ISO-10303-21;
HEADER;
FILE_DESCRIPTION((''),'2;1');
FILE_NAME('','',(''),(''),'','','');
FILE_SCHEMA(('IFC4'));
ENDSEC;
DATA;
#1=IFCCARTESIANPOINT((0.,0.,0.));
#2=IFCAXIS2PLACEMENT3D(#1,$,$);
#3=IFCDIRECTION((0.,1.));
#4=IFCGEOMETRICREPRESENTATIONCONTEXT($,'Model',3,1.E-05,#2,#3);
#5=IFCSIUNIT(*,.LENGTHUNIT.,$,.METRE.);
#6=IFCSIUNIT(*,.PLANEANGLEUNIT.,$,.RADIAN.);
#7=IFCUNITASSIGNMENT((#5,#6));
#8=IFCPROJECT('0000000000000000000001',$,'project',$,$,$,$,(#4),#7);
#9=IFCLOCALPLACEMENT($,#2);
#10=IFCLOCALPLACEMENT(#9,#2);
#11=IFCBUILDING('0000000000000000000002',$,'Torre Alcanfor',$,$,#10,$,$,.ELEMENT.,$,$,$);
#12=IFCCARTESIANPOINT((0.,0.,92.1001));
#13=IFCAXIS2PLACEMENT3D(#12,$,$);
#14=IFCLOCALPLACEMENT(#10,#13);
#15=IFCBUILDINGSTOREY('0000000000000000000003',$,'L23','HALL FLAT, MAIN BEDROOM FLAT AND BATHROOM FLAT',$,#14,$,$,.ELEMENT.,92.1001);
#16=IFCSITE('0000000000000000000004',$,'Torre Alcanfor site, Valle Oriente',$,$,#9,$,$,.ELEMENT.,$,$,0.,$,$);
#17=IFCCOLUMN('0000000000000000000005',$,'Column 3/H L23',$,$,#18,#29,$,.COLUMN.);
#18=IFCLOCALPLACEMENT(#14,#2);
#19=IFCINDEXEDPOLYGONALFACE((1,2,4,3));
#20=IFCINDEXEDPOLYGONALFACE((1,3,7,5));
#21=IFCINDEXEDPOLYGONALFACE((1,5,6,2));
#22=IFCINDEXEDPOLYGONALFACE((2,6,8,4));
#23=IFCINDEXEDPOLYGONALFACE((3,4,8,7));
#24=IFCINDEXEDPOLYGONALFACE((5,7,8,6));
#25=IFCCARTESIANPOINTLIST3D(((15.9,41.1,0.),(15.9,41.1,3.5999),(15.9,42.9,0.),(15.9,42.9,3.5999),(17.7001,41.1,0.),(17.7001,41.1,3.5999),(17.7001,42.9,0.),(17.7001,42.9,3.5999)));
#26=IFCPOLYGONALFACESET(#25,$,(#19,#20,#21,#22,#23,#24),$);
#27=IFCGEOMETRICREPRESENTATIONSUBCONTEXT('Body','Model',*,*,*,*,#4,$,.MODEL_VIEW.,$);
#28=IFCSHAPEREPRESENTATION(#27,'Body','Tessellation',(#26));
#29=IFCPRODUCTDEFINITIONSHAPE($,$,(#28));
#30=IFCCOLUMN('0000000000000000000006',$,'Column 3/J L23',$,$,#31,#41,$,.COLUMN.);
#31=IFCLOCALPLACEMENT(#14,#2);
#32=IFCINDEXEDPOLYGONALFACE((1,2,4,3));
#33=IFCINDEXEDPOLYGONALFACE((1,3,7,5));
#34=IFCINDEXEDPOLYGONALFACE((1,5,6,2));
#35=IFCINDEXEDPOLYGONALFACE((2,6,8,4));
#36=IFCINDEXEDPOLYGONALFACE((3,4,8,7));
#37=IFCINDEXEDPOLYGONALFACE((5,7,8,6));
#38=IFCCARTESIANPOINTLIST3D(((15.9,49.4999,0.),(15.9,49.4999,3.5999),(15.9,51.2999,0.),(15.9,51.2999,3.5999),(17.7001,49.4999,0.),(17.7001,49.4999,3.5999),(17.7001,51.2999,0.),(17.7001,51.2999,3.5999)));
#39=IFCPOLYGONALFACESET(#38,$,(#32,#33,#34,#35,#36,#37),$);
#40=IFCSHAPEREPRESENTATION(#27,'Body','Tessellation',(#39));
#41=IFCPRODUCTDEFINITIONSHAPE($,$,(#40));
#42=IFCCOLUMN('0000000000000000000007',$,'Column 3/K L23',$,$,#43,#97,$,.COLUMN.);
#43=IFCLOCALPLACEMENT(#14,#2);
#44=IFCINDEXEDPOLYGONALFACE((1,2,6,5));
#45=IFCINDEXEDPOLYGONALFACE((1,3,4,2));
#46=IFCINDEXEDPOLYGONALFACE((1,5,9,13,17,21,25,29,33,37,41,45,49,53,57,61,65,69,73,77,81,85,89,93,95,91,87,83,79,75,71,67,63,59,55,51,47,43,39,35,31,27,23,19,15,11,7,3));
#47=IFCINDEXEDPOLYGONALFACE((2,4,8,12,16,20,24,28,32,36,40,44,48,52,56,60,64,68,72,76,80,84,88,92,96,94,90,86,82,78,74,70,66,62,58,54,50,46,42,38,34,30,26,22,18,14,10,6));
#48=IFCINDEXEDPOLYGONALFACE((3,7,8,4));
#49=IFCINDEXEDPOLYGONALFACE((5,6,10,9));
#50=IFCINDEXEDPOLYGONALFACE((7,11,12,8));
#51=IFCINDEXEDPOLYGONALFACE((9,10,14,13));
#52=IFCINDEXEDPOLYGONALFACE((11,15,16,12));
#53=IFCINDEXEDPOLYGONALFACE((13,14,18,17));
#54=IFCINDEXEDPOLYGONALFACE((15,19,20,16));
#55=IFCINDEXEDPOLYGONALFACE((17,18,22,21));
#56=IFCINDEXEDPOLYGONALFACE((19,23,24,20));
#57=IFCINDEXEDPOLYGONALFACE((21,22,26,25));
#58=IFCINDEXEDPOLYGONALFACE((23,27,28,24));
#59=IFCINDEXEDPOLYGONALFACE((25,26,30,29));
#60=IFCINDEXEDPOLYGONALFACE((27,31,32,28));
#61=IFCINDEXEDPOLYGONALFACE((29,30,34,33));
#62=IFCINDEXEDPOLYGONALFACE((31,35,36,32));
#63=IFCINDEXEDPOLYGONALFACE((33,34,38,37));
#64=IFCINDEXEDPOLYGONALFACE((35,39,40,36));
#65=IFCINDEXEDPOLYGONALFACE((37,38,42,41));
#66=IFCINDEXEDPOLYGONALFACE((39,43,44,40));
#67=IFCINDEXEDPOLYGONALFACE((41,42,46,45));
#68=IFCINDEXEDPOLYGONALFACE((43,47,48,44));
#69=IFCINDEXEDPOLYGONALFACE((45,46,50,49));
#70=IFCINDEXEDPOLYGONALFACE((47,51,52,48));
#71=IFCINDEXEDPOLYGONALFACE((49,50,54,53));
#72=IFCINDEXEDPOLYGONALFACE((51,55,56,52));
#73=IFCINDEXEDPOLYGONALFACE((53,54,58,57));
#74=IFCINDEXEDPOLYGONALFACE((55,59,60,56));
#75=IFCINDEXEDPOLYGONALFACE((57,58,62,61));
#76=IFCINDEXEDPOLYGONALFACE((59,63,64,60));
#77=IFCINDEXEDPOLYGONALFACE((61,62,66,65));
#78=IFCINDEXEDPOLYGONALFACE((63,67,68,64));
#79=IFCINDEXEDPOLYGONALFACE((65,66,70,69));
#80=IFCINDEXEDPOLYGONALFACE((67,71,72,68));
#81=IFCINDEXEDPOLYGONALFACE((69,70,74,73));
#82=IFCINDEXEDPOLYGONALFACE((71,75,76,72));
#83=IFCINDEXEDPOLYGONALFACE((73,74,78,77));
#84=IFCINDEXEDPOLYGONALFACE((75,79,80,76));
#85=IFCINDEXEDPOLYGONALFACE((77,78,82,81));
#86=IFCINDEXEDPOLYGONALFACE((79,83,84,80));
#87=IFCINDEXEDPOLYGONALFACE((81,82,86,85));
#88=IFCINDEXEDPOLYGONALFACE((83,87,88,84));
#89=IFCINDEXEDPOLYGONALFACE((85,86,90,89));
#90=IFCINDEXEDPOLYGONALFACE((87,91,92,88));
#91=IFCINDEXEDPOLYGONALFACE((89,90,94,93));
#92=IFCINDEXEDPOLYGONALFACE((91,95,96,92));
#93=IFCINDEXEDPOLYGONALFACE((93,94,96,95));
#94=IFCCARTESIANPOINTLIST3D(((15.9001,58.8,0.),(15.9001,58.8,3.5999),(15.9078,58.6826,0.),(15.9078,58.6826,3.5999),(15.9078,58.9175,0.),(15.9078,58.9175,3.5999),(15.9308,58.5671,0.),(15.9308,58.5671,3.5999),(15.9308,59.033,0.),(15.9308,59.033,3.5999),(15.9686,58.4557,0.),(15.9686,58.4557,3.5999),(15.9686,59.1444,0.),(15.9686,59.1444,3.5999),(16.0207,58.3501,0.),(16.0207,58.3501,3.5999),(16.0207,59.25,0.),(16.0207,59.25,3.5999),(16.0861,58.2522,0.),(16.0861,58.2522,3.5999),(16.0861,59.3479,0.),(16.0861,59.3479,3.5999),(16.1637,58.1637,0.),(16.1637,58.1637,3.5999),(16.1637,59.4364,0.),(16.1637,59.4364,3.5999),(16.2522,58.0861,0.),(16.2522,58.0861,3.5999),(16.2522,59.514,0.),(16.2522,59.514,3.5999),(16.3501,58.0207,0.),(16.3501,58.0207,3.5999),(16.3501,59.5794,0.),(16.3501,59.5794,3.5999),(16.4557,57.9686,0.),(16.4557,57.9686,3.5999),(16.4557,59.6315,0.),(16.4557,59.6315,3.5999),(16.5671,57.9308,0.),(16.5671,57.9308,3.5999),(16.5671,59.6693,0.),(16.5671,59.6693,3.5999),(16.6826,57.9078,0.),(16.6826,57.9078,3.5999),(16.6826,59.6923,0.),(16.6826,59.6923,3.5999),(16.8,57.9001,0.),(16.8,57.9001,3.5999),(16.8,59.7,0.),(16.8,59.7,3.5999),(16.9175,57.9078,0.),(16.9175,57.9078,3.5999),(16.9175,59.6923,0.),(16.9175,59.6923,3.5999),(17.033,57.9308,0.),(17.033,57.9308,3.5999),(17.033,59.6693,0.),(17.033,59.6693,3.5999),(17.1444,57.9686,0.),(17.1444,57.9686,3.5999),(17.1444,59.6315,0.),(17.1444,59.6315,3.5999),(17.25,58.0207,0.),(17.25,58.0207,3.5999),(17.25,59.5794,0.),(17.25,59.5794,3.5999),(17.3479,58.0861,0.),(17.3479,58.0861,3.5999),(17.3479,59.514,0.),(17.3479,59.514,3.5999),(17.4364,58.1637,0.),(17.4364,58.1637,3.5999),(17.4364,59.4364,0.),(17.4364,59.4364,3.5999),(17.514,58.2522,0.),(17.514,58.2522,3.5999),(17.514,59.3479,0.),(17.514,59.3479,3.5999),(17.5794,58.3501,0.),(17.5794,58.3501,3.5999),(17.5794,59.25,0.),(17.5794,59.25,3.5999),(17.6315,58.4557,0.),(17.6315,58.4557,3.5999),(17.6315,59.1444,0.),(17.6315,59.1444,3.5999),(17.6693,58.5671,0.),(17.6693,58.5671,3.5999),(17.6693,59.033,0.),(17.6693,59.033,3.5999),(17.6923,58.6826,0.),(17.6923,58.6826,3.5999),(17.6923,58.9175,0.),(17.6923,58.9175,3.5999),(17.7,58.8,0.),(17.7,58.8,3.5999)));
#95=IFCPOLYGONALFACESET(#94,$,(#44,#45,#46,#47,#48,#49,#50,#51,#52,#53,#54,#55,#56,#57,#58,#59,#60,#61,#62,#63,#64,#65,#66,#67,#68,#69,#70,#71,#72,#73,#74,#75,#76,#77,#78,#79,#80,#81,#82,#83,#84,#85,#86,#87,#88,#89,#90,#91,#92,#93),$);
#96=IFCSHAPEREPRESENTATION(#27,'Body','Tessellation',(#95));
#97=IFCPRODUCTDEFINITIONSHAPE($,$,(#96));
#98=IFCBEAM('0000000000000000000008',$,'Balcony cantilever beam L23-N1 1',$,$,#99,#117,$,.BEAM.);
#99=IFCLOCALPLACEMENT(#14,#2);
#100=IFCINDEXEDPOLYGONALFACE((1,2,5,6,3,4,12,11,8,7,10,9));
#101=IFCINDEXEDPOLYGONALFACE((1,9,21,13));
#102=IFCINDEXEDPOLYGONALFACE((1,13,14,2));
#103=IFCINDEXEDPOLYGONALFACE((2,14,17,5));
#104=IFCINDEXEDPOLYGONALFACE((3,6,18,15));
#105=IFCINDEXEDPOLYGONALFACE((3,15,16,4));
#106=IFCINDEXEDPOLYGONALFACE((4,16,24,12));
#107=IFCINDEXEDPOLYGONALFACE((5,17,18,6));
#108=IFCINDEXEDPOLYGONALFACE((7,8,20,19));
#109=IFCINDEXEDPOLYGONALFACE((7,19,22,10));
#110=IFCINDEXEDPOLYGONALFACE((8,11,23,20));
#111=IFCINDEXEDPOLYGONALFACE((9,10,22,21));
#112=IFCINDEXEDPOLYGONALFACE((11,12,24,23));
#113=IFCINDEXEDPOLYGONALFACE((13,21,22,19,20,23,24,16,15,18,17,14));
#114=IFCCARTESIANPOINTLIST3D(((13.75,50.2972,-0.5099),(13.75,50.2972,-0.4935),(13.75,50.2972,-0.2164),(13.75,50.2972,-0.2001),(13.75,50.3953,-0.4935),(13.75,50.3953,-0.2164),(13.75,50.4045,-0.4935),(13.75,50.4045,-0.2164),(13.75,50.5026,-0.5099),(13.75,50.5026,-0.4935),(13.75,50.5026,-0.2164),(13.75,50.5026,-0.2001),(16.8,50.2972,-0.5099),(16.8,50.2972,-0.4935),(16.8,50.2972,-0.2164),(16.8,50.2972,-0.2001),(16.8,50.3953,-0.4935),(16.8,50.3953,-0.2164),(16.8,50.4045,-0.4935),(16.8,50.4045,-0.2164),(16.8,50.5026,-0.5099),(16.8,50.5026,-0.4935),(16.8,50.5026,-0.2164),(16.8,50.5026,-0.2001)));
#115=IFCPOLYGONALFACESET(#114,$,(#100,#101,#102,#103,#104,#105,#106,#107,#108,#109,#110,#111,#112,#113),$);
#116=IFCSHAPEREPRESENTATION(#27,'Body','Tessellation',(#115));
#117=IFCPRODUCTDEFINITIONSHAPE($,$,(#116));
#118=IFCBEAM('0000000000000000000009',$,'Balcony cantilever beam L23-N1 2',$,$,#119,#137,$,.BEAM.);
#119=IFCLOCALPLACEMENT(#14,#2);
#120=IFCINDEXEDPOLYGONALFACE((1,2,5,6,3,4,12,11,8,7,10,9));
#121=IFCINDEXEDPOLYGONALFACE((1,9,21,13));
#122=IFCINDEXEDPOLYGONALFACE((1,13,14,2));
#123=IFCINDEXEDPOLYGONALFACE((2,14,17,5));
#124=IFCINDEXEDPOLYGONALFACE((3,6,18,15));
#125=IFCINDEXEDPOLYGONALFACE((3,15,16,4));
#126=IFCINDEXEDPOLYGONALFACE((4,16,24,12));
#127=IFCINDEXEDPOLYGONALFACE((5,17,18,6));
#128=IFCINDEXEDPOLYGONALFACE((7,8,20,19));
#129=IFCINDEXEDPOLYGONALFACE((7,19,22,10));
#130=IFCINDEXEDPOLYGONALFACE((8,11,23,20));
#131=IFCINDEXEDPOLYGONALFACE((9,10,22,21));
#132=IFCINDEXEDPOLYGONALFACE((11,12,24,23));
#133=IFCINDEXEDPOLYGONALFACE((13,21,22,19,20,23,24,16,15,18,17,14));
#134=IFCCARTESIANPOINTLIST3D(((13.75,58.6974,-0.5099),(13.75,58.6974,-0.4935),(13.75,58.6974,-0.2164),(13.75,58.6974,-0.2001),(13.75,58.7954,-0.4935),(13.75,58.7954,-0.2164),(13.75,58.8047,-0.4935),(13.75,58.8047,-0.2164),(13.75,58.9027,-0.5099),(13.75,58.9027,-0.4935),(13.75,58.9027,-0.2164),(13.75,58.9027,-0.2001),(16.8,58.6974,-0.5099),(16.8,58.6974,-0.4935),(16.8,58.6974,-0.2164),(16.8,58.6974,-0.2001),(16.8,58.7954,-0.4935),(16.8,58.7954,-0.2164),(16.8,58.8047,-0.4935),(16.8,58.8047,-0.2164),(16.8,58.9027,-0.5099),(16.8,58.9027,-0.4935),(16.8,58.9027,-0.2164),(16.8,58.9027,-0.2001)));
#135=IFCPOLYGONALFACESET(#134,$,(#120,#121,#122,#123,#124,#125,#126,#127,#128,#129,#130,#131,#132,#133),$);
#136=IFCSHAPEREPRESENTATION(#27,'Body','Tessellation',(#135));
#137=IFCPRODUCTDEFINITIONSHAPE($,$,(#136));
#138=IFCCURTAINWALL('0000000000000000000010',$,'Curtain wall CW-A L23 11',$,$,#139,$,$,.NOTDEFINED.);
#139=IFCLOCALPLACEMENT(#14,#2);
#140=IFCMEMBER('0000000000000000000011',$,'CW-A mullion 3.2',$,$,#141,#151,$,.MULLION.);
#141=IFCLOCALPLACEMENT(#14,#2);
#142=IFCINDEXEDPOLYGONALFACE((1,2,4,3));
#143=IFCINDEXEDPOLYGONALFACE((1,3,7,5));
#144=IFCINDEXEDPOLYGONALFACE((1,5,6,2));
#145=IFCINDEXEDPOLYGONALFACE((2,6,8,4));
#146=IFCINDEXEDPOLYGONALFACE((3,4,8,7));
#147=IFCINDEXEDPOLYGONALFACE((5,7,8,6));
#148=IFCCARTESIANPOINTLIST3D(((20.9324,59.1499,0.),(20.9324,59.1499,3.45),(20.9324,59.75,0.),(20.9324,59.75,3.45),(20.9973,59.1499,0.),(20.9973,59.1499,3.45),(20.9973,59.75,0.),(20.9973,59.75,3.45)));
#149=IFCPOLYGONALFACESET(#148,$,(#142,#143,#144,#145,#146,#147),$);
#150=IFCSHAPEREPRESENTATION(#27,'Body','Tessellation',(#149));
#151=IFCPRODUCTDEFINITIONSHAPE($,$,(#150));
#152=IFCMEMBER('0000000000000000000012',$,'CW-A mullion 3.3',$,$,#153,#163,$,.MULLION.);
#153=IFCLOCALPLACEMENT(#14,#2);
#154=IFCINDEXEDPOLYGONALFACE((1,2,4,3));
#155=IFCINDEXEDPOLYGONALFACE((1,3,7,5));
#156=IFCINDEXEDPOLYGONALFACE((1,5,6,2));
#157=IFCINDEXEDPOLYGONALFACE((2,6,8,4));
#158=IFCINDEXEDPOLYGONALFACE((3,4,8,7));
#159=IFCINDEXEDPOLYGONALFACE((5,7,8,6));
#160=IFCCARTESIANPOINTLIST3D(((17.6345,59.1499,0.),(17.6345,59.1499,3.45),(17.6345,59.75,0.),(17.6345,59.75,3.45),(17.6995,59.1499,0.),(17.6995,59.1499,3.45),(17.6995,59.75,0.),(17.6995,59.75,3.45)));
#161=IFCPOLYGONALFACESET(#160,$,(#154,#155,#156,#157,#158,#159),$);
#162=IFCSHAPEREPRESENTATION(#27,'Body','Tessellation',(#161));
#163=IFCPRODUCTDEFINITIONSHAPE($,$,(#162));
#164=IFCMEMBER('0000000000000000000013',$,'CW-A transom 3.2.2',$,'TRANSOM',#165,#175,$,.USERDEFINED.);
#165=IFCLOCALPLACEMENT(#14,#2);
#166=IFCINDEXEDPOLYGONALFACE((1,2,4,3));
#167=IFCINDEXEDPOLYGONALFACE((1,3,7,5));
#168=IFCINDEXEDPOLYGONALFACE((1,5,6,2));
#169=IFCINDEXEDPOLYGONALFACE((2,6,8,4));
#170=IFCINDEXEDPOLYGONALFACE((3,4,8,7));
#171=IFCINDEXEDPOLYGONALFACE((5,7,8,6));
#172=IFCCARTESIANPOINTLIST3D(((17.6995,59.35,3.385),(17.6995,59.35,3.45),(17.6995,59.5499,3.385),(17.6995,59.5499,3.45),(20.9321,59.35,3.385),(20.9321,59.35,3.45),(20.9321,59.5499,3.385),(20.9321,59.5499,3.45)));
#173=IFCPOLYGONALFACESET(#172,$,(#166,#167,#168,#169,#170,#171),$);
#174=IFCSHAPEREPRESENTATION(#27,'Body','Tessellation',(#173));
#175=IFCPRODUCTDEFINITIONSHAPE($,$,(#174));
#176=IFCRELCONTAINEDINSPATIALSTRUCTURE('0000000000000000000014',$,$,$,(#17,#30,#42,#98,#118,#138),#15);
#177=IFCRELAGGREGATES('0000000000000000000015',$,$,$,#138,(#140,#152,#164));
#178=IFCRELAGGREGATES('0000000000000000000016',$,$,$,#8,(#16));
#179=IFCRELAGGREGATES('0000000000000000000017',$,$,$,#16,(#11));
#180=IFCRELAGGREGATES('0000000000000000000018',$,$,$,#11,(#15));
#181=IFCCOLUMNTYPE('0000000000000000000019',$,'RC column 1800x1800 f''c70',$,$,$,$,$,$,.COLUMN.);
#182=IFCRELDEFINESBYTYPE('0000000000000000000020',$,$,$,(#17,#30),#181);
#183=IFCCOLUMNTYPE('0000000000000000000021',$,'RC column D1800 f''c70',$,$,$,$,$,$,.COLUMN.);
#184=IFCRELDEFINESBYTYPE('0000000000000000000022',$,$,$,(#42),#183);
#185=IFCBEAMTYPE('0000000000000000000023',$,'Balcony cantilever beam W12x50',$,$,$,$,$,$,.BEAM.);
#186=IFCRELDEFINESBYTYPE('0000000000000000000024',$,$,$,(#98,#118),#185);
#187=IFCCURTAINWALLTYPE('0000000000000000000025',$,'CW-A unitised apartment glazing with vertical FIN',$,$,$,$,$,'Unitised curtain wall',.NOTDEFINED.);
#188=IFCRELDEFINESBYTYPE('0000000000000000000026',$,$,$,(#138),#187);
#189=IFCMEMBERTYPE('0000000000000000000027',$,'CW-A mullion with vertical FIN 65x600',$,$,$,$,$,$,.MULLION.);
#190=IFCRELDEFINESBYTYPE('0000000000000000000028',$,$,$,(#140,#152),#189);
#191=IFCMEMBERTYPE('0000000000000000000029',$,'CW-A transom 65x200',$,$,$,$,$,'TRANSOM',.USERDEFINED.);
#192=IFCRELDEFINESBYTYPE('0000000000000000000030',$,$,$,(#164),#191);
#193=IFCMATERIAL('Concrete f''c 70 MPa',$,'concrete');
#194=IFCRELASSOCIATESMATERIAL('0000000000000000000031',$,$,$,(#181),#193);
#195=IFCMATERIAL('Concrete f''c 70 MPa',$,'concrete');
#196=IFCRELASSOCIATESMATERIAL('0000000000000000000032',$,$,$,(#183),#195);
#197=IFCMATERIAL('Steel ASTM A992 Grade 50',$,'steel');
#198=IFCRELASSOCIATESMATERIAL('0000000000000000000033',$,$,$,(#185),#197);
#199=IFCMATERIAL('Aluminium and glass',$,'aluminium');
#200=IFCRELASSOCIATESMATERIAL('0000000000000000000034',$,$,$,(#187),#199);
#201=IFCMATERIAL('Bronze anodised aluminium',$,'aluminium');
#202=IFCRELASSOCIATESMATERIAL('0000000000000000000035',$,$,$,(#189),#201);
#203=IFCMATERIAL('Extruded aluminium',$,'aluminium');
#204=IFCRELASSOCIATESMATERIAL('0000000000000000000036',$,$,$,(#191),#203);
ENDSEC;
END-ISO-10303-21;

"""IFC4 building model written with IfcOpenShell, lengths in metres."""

from ifc_helpers import new_model, si_unit, direction, frame, origin, origin_2d, place, context, subcontext, project, spatial, rectangle, circle, i_section, extrude, material, material_profile, profile_set, type_object, element, aggregate, save


model = new_model("IFC4")

# Units and contexts
model_context = context("Model", 3, precision=1e-05, world=origin(), true_north=direction((0.0, 1.0)))
body_context = subcontext(model_context, "Body", "Model", "MODEL_VIEW")
ifc_project = project(units=[si_unit("LENGTHUNIT", "METRE"), si_unit("PLANEANGLEUNIT", "RADIAN")], contexts=[model_context])

# Site, building, storey
site_placement = place(None, origin())
site = spatial("IfcSite", under=ifc_project, at=site_placement, Name="Torre Alcanfor site, Valle Oriente", CompositionType="ELEMENT", RefElevation=0.0)
building_placement = place(site_placement, origin())
building = spatial("IfcBuilding", under=site, at=building_placement, Name="Torre Alcanfor", CompositionType="ELEMENT")
storey_placement = place(building_placement, frame((0.0, 0.0, 92.1001)))
storey = spatial("IfcBuildingStorey", under=building, at=storey_placement, Name="L23", Description="HALL FLAT, MAIN BEDROOM FLAT AND BATHROOM FLAT", CompositionType="ELEMENT", Elevation=92.1001)

# Columns
ifc_material_1 = material(Name="Concrete f'c 70 MPa", Category="concrete")
ifc_material_profile_1 = material_profile(ifc_material_1, rectangle(XDim=1.8, YDim=1.8, at=origin_2d()), Name="1800x1800")
ifc_profile_set_1 = profile_set([ifc_material_profile_1], Name="Concrete f'c 70 MPa")
column_type_1 = type_object("IfcColumnType", Name="RC column 1800x1800 f'c70", PredefinedType="COLUMN", material=ifc_profile_set_1)
for number, where, z_axis, x_axis, name in (
    (1, (16.8, 42.0, 0.0), (0.0, 0.0, 1.0), (1.0, 0.0, 0.0), "Column 3/H L23"),
    (2, (16.8, 50.3999, 0.0), (0.0, 0.0, 1.0), (1.0, 0.0, 0.0), "Column 3/J L23"),
):
    element("IfcColumn", number, at=place(storey_placement, frame(where, z_axis=z_axis, x_axis=x_axis)), inside=storey, type_object=column_type_1, Name=name, PredefinedType="COLUMN", context=body_context, shape_type="SweptSolid", body=[
        extrude(rectangle(XDim=1.8, YDim=1.8, at=origin_2d()), origin(), (0.0, 0.0, 1.0), 3.5999),
    ])
ifc_material_2 = material(Name="Concrete f'c 70 MPa", Category="concrete")
ifc_material_profile_2 = material_profile(ifc_material_2, circle(Radius=0.8999, at=origin_2d()), Name="D1800")
ifc_profile_set_2 = profile_set([ifc_material_profile_2], Name="Concrete f'c 70 MPa")
column_type_2 = type_object("IfcColumnType", Name="RC column D1800 f'c70", PredefinedType="COLUMN", material=ifc_profile_set_2)
column_placement = place(storey_placement, frame((16.8, 58.8, 0.0), z_axis=(0.0, 0.0, 1.0), x_axis=(1.0, 0.0, 0.0)))
element("IfcColumn", 3, at=column_placement, inside=storey, type_object=column_type_2, Name="Column 3/K L23", PredefinedType="COLUMN", context=body_context, shape_type="SweptSolid", body=[
    extrude(circle(Radius=0.8999, at=origin_2d()), origin(), (0.0, 0.0, 1.0), 3.5999),
])

# Beams
ifc_material_3 = material(Name="Steel ASTM A992 Grade 50", Category="steel")
ifc_material_profile_3 = material_profile(ifc_material_3, i_section(OverallWidth=0.2053, OverallDepth=0.3098, WebThickness=0.0093, FlangeThickness=0.0164, at=origin_2d()), Name="W12x50")
ifc_profile_set_3 = profile_set([ifc_material_profile_3], Name="Steel ASTM A992 Grade 50")
beam_type_1 = type_object("IfcBeamType", Name="Balcony cantilever beam W12x50", PredefinedType="BEAM", material=ifc_profile_set_3)
for number, where, z_axis, x_axis, name in (
    (4, (16.8, 50.3999, -0.355), (-1.0, 0.0, 0.0), (0.0, -1.0, 0.0), "Balcony cantilever beam L23-N1 1"),
    (5, (16.8, 58.8, -0.355), (-1.0, 0.0, 0.0), (0.0, -1.0, 0.0), "Balcony cantilever beam L23-N1 2"),
):
    element("IfcBeam", number, at=place(storey_placement, frame(where, z_axis=z_axis, x_axis=x_axis)), inside=storey, type_object=beam_type_1, Name=name, PredefinedType="BEAM", context=body_context, shape_type="SweptSolid", body=[
        extrude(i_section(OverallWidth=0.2053, OverallDepth=0.3098, WebThickness=0.0093, FlangeThickness=0.0164, at=origin_2d()), origin(), (0.0, 0.0, 1.0), 3.05),
    ])

# Curtain wall, members
ifc_material_4 = material(Name="Aluminium and glass", Category="aluminium")
curtain_wall_type = type_object("IfcCurtainWallType", Name="CW-A unitised apartment glazing with vertical FIN", ElementType="Unitised curtain wall", PredefinedType="NOTDEFINED", material=ifc_material_4)
curtain_wall_placement = place(storey_placement, origin())
curtain_wall = element("IfcCurtainWall", 6, at=curtain_wall_placement, inside=storey, type_object=curtain_wall_type, Name="Curtain wall CW-A L23 11", PredefinedType="NOTDEFINED")
ifc_material_5 = material(Name="Bronze anodised aluminium", Category="aluminium")
ifc_material_profile_4 = material_profile(ifc_material_5, rectangle(XDim=0.6001, YDim=0.0649, at=origin_2d()), Name="CW-A mullion 65x600")
ifc_profile_set_4 = profile_set([ifc_material_profile_4], Name="Bronze anodised aluminium")
member_type_1 = type_object("IfcMemberType", Name="CW-A mullion with vertical FIN 65x600", PredefinedType="MULLION", material=ifc_profile_set_4)
member_1_placement = place(storey_placement, frame((20.9648, 59.45, 0.0), z_axis=(0.0, 0.0, 1.0), x_axis=(0.0, -1.0, 0.0)))
member_1 = element("IfcMember", 7, at=member_1_placement, type_object=member_type_1, Name="CW-A mullion 3.2", PredefinedType="MULLION", context=body_context, shape_type="SweptSolid", body=[
    extrude(rectangle(XDim=0.6001, YDim=0.0649, at=origin_2d()), origin(), (0.0, 0.0, 1.0), 3.45),
])
member_2_placement = place(storey_placement, frame((17.667, 59.45, 0.0), z_axis=(0.0, 0.0, 1.0), x_axis=(0.0, -1.0, 0.0)))
member_2 = element("IfcMember", 8, at=member_2_placement, type_object=member_type_1, Name="CW-A mullion 3.3", PredefinedType="MULLION", context=body_context, shape_type="SweptSolid", body=[
    extrude(rectangle(XDim=0.6001, YDim=0.0649, at=origin_2d()), origin(), (0.0, 0.0, 1.0), 3.45),
])
ifc_material_6 = material(Name="Extruded aluminium", Category="aluminium")
ifc_material_profile_5 = material_profile(ifc_material_6, rectangle(XDim=0.2, YDim=0.0649, at=origin_2d()), Name="CW-A transom 200x65")
ifc_profile_set_5 = profile_set([ifc_material_profile_5], Name="Extruded aluminium")
member_type_2 = type_object("IfcMemberType", Name="CW-A transom 65x200", ElementType="TRANSOM", PredefinedType="USERDEFINED", material=ifc_profile_set_5)
member_3_placement = place(storey_placement, frame((20.9321, 59.45, 3.4175), z_axis=(-1.0, 0.0, 0.0), x_axis=(0.0, -1.0, 0.0)))
member_3 = element("IfcMember", 9, at=member_3_placement, type_object=member_type_2, Name="CW-A transom 3.2.2", ObjectType="TRANSOM", PredefinedType="USERDEFINED", context=body_context, shape_type="SweptSolid", body=[
    extrude(rectangle(XDim=0.2, YDim=0.0649, at=origin_2d()), origin(), (0.0, 0.0, 1.0), 3.2327),
])

aggregate(curtain_wall, [member_1, member_2, member_3])

save(model, "model.ifc")
